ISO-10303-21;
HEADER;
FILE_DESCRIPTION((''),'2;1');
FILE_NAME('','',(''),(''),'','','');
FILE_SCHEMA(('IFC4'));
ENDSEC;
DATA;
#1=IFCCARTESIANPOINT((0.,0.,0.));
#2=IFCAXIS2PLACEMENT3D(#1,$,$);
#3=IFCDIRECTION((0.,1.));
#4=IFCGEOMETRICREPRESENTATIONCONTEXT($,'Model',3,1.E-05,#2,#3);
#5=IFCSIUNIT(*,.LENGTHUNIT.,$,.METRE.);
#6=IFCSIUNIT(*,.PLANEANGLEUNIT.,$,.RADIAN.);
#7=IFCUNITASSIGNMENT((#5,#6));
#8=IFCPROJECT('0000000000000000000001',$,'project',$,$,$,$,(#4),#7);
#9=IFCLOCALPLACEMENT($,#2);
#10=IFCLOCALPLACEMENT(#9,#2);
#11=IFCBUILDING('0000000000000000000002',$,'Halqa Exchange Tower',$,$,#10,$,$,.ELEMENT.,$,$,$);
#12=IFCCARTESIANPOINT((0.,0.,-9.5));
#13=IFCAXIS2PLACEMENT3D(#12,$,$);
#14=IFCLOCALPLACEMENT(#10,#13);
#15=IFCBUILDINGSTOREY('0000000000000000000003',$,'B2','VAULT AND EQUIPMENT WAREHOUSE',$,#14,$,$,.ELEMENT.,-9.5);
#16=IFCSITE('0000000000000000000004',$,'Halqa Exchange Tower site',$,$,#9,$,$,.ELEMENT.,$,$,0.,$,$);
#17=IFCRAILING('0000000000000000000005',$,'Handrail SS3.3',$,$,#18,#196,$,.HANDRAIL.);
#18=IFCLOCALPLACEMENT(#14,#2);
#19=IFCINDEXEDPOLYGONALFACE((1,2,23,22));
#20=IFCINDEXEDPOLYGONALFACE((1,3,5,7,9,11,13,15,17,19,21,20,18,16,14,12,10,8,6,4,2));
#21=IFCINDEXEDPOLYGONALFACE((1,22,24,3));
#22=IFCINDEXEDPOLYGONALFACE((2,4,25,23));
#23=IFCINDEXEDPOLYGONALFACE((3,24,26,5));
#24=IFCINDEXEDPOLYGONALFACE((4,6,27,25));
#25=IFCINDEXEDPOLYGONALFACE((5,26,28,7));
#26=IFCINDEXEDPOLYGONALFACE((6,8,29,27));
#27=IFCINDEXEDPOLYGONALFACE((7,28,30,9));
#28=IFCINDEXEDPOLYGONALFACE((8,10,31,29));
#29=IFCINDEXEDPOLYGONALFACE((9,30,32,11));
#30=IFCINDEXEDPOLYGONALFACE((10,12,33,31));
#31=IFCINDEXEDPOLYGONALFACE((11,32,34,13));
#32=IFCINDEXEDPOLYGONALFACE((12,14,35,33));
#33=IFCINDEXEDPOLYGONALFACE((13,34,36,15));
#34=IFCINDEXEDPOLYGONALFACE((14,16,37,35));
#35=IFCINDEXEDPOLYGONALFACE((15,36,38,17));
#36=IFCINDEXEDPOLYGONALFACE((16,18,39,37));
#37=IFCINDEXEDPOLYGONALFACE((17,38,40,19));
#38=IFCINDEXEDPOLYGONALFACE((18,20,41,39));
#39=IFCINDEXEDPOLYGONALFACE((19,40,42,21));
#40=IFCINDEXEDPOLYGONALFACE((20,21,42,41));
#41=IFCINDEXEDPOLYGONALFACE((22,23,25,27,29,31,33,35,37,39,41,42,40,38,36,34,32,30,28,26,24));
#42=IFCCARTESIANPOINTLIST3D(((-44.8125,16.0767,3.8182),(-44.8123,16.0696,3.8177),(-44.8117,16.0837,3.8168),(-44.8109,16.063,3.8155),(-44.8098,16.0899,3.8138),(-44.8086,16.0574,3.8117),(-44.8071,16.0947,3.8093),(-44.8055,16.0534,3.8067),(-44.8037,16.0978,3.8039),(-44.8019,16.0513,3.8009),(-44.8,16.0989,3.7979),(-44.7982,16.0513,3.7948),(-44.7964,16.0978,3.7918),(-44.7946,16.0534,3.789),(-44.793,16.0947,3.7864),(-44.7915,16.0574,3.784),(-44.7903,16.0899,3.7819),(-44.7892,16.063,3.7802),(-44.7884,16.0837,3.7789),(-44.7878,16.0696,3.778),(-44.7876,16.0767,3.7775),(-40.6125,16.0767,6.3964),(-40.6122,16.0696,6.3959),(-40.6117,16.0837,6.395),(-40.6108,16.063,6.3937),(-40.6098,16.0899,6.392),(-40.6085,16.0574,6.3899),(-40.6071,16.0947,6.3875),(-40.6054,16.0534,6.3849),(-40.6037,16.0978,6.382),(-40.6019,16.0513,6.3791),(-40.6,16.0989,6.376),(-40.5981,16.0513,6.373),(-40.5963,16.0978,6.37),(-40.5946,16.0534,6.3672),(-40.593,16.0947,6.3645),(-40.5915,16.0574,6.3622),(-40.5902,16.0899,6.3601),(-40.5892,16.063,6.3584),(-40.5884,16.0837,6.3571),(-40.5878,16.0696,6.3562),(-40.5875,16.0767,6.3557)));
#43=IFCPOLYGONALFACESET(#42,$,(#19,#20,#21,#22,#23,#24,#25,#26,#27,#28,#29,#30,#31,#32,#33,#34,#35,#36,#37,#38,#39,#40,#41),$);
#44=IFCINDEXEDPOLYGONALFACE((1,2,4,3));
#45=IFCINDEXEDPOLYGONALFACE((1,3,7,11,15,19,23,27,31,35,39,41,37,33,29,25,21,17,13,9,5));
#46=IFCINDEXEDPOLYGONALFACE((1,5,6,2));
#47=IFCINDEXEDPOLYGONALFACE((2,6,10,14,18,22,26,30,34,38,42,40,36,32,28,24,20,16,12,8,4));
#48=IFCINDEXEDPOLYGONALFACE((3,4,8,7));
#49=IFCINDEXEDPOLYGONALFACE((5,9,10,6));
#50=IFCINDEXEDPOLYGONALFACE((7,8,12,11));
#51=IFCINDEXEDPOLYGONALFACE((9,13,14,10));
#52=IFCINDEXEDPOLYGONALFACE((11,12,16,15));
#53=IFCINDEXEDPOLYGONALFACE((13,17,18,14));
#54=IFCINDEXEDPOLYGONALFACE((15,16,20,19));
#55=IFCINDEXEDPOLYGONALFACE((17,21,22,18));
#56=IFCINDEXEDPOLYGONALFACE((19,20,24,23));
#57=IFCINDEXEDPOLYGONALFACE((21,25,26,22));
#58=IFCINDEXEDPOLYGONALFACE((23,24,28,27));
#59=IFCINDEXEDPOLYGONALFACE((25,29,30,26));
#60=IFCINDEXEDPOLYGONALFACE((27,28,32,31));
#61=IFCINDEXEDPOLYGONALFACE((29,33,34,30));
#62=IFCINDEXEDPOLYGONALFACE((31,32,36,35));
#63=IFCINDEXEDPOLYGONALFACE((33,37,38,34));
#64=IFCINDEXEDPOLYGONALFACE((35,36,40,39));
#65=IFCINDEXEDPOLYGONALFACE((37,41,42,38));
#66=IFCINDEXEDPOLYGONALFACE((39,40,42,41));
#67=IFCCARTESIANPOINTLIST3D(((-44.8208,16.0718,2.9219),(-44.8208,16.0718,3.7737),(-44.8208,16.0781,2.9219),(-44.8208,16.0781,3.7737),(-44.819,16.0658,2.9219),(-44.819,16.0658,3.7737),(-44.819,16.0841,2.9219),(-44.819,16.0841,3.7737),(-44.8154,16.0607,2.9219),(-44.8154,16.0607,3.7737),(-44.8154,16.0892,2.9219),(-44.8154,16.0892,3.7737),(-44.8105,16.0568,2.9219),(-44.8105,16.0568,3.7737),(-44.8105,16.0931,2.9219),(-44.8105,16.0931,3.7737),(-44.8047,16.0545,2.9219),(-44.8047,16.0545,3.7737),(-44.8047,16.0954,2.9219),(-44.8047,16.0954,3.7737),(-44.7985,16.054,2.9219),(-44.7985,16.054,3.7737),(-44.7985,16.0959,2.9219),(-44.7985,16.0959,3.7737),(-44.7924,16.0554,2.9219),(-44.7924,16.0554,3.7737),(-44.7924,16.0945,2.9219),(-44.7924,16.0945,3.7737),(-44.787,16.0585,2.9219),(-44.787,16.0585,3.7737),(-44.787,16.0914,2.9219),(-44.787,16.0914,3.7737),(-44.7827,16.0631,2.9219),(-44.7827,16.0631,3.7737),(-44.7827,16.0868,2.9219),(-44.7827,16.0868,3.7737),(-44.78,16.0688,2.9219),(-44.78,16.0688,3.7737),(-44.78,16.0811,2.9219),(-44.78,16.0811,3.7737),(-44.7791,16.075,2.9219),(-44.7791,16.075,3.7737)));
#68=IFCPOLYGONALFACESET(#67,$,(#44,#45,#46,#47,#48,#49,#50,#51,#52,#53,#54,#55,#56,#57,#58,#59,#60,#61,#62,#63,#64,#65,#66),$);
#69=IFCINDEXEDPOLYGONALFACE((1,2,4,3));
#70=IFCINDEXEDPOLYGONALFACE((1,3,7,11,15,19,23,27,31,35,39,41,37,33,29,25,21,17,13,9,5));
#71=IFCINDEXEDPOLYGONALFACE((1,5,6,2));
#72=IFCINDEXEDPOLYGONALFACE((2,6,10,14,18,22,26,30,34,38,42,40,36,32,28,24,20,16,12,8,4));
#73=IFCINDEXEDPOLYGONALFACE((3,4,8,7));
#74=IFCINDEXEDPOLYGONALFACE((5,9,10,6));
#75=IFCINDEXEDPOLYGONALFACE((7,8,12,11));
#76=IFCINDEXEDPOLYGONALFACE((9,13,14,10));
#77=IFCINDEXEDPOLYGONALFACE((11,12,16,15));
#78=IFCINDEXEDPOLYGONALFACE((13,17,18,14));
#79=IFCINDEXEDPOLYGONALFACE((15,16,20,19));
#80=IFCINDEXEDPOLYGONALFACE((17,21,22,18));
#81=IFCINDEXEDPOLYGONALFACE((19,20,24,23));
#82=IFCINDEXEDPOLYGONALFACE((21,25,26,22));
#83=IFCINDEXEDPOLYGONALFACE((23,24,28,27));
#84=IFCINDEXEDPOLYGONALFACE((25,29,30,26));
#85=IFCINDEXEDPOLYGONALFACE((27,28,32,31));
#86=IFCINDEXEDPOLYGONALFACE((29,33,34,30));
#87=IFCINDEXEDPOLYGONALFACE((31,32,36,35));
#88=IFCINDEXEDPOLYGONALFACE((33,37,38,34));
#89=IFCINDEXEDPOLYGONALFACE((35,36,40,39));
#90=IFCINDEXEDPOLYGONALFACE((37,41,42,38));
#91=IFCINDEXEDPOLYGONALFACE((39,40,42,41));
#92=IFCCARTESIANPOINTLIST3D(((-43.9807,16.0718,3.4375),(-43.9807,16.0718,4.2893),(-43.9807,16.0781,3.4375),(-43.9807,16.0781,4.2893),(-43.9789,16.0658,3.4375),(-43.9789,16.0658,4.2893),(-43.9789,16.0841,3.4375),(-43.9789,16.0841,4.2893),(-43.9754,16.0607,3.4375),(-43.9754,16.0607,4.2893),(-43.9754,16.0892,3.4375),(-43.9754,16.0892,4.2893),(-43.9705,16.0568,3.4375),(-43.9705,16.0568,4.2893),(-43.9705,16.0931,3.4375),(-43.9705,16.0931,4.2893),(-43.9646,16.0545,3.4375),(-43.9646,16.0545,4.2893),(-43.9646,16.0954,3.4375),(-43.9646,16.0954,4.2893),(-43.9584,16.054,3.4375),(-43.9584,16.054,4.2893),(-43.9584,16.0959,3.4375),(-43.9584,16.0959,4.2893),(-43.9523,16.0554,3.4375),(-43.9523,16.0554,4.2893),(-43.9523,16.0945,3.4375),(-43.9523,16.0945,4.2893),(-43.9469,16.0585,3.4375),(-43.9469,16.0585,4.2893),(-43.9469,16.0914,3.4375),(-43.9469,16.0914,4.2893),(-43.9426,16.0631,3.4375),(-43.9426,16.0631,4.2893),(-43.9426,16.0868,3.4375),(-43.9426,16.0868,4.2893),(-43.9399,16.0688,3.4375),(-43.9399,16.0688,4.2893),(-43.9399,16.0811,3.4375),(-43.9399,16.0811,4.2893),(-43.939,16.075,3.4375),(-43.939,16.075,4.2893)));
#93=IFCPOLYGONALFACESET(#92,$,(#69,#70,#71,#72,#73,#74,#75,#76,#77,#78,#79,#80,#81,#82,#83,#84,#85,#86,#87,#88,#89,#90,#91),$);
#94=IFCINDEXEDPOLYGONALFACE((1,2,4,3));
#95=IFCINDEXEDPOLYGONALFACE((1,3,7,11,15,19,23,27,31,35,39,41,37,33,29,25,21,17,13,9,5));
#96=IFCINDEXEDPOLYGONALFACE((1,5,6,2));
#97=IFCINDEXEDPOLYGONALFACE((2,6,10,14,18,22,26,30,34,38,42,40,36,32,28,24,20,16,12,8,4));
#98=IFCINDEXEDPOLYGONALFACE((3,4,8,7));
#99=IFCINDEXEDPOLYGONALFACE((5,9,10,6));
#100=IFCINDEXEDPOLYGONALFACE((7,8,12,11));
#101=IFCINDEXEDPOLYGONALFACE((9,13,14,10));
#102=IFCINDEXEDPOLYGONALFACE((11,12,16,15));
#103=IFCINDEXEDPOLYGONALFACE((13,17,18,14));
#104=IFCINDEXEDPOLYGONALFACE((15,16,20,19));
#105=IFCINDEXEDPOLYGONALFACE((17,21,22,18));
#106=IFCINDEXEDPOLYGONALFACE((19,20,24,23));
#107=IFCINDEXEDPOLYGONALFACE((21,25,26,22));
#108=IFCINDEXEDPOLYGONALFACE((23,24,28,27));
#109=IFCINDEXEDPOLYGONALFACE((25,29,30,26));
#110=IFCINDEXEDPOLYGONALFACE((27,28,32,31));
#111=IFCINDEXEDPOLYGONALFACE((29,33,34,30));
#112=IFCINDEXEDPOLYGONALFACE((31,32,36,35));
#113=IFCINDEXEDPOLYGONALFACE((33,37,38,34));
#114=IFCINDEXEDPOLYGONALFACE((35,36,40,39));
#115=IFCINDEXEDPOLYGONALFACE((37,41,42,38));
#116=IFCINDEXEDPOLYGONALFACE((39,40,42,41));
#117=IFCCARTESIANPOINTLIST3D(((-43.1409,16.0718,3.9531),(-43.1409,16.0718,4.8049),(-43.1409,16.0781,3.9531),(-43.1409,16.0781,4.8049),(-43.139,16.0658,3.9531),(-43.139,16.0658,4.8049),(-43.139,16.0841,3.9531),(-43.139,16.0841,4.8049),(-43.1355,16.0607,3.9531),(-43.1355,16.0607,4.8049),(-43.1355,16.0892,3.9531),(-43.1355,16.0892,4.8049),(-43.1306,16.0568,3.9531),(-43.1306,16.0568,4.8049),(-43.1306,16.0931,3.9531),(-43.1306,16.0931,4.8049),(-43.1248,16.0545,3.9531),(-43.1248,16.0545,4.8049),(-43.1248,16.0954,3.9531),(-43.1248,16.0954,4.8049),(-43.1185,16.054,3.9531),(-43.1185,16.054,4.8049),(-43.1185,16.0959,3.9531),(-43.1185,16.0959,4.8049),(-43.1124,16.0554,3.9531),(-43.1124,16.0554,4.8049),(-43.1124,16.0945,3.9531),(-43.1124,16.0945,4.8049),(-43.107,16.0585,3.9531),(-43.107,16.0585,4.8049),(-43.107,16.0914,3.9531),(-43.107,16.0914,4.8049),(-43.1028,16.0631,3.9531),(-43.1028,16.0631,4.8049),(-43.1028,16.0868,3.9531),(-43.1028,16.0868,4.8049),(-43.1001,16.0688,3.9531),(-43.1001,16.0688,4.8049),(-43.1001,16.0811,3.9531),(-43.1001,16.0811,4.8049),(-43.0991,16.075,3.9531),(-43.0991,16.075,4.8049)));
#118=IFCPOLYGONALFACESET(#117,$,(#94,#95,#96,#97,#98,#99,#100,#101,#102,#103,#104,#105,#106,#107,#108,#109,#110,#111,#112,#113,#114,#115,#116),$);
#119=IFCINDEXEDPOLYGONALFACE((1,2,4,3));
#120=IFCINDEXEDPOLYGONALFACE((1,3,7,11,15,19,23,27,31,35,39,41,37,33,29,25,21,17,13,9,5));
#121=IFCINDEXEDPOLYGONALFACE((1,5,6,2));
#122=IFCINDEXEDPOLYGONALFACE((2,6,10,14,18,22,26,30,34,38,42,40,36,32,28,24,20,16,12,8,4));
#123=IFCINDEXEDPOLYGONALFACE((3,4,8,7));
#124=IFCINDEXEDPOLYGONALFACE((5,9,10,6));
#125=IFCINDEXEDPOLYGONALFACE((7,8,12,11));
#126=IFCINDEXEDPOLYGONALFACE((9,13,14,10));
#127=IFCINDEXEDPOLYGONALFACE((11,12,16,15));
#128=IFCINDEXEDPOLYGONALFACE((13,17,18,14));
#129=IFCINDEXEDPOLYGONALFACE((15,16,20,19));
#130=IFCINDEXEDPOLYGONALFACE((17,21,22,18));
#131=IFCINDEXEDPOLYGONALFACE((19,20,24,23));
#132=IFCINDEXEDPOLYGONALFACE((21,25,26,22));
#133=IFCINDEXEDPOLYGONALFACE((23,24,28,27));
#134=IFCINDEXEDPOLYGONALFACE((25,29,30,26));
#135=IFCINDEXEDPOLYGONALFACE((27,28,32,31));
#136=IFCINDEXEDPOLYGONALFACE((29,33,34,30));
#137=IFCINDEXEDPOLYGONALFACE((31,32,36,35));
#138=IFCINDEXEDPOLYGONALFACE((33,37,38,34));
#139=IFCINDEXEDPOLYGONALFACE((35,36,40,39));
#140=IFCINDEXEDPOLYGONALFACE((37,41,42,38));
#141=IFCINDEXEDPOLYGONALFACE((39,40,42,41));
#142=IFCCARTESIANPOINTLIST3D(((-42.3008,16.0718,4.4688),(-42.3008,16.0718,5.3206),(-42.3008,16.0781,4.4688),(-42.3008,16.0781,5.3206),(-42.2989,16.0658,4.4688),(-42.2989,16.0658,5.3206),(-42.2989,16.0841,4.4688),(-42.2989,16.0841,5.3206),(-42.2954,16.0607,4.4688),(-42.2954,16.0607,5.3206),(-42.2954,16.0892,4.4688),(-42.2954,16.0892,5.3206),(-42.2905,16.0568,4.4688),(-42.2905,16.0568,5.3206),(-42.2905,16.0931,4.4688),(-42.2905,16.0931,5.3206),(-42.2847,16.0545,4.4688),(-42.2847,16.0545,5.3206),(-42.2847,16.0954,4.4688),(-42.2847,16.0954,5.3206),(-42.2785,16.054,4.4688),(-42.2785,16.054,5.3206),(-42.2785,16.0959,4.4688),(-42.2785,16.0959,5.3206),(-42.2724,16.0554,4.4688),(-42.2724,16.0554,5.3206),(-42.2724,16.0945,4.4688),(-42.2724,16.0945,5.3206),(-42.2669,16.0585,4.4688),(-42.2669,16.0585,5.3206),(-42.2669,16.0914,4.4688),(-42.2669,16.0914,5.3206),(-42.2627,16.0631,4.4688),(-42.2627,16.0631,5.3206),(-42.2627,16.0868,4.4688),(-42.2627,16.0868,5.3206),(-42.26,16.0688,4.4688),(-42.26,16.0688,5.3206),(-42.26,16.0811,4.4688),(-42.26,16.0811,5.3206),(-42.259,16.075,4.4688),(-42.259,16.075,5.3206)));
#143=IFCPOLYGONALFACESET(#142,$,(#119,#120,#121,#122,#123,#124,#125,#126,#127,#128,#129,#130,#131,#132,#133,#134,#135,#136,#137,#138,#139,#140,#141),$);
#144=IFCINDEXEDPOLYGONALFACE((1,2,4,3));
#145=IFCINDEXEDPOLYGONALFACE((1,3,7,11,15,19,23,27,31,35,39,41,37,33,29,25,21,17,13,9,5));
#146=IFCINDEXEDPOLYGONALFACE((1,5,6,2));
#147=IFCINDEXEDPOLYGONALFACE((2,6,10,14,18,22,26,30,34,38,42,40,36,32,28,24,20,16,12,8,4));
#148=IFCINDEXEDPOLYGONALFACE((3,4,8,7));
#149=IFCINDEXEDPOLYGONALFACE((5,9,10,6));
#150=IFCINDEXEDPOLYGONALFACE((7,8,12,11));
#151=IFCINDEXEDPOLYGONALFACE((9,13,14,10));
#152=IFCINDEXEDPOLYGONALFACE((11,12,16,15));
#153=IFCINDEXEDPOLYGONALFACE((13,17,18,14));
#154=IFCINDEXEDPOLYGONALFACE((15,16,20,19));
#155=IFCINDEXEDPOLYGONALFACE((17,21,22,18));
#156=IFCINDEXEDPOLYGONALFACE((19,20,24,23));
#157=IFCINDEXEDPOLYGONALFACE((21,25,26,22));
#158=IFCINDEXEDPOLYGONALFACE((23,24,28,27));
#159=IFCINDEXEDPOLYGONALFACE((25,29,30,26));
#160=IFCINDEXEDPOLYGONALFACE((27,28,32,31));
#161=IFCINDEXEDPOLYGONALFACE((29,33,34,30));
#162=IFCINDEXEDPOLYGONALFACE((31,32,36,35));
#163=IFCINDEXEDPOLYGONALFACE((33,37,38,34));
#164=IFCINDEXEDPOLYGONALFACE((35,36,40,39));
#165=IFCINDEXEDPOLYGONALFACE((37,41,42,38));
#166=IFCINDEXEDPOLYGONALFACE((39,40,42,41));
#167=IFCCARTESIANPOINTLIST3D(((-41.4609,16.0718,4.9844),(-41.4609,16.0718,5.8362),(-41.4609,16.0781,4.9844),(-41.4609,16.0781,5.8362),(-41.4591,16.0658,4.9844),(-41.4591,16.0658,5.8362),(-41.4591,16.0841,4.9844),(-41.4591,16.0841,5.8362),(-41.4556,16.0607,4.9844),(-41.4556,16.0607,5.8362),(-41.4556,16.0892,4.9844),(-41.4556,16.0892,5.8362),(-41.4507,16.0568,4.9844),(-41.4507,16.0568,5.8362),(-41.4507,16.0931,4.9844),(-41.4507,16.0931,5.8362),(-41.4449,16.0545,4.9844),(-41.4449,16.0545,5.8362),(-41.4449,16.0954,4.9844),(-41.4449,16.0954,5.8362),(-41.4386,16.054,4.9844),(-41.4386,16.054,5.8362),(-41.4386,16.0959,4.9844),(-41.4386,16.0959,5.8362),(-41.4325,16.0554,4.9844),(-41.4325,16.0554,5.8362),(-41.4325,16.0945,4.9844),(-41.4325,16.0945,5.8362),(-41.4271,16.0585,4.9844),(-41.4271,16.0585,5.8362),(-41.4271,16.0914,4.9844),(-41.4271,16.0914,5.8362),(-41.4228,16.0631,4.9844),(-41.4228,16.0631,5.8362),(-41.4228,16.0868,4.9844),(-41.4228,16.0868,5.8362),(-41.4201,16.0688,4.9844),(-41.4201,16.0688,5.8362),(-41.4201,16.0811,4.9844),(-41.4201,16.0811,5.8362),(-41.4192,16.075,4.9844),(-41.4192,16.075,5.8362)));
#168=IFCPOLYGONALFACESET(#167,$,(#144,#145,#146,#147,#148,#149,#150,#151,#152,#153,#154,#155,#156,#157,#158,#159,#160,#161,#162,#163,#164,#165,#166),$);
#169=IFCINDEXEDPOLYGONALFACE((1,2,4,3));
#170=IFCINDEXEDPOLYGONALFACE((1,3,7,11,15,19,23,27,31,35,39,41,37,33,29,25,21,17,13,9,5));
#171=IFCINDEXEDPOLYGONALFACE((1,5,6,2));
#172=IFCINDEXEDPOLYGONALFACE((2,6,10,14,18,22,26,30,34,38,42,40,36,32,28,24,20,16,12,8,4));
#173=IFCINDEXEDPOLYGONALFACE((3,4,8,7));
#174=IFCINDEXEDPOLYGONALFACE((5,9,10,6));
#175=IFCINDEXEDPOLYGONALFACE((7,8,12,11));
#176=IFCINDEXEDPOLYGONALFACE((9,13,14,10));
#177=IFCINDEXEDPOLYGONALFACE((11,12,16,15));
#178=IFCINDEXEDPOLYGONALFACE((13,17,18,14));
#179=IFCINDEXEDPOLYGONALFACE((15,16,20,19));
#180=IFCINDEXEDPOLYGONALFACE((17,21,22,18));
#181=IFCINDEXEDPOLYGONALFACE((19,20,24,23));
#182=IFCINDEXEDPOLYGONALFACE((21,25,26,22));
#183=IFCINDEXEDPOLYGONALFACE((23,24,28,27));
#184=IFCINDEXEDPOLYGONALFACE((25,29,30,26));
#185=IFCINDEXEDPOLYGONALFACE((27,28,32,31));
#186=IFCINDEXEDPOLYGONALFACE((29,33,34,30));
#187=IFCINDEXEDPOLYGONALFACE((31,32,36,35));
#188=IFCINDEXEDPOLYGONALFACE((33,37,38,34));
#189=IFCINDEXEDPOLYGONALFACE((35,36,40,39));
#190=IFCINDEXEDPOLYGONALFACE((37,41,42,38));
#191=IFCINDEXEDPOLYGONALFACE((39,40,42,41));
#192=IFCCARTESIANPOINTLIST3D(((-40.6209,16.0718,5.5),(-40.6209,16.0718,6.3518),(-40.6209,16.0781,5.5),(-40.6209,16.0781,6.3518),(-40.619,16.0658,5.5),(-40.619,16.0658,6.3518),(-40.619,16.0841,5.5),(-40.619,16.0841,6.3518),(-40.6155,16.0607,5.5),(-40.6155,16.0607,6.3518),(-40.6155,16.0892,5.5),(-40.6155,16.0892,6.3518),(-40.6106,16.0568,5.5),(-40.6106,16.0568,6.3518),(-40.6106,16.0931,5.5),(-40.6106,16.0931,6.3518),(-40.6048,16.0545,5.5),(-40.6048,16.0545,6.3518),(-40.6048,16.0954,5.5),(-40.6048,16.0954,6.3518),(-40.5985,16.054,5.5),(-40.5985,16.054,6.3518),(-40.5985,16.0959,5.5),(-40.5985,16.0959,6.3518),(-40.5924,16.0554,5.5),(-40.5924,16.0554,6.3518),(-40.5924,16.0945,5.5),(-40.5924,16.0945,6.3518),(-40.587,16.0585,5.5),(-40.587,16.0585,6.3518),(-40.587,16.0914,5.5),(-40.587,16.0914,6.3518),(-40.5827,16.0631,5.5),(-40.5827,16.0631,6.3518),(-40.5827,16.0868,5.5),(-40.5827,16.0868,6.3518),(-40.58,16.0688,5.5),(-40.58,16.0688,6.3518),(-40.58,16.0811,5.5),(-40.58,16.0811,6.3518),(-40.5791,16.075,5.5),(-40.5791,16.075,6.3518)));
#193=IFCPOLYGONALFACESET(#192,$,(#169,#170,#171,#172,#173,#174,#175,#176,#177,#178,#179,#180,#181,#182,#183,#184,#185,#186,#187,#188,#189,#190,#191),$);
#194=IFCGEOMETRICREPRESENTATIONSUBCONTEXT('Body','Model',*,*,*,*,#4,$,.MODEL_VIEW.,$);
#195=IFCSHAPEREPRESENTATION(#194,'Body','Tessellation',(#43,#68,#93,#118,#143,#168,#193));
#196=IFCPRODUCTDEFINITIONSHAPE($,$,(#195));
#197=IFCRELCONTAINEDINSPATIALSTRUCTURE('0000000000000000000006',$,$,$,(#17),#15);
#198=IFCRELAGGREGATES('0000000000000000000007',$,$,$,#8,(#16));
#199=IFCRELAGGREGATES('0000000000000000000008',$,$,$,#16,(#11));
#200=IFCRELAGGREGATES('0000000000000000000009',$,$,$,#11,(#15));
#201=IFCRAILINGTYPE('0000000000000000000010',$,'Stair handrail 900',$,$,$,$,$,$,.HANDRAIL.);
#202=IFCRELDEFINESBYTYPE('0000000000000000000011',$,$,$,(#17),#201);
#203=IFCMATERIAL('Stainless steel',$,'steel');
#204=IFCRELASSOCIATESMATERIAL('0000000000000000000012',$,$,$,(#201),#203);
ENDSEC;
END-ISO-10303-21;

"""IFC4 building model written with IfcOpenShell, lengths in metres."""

from ifc_helpers import new_model, si_unit, direction, frame, origin, origin_2d, place, context, subcontext, project, spatial, circle, extrude, material, type_object, element, save


model = new_model("IFC4")

# Units and contexts
model_context = context("Model", 3, precision=1e-05, world=origin(), true_north=direction((0.0, 1.0)))
body_context = subcontext(model_context, "Body", "Model", "MODEL_VIEW")
ifc_project = project(units=[si_unit("LENGTHUNIT", "METRE"), si_unit("PLANEANGLEUNIT", "RADIAN")], contexts=[model_context])

# Site, building, storey
site_placement = place(None, origin())
site = spatial("IfcSite", under=ifc_project, at=site_placement, Name="Halqa Exchange Tower site", CompositionType="ELEMENT", RefElevation=0.0)
building_placement = place(site_placement, origin())
building = spatial("IfcBuilding", under=site, at=building_placement, Name="Halqa Exchange Tower", CompositionType="ELEMENT")
storey_placement = place(building_placement, frame((0.0, 0.0, -9.5)))
storey = spatial("IfcBuildingStorey", under=building, at=storey_placement, Name="B2", Description="VAULT AND EQUIPMENT WAREHOUSE", CompositionType="ELEMENT", Elevation=-9.5)

# Railing
ifc_material_1 = material(Name="Stainless steel", Category="steel")
railing_type_1 = type_object("IfcRailingType", Name="Stair handrail 900", PredefinedType="HANDRAIL", material=ifc_material_1)
railing_1_placement = place(storey_placement, frame((-44.8, 16.075, 2.9219)))
element("IfcRailing", 1, at=railing_1_placement, inside=storey, type_object=railing_type_1, Name="Handrail SS3.3", PredefinedType="HANDRAIL", context=body_context, shape_type="SweptSolid", body=[
    extrude(circle(Radius=0.0239, at=origin_2d()), frame((0.0, 0.0, 0.876), z_axis=(0.852243, 0.0, 0.523146), x_axis=(0.0, 1.0, 0.0)), (0.0, 0.0, 1.0), 4.9282),
    extrude(circle(Radius=0.021, at=origin_2d()), origin(), (0.0, 0.0, 1.0), 0.8518),
    extrude(circle(Radius=0.021, at=origin_2d()), frame((0.8401, 0.0, 0.5156)), (0.0, 0.0, 1.0), 0.8518),
    extrude(circle(Radius=0.021, at=origin_2d()), frame((1.6799, 0.0, 1.0312)), (0.0, 0.0, 1.0), 0.8518),
    extrude(circle(Radius=0.021, at=origin_2d()), frame((2.52, 0.0, 1.5469)), (0.0, 0.0, 1.0), 0.8518),
    extrude(circle(Radius=0.021, at=origin_2d()), frame((3.3599, 0.0, 2.0625)), (0.0, 0.0, 1.0), 0.8518),
    extrude(circle(Radius=0.021, at=origin_2d()), frame((4.2, 0.0, 2.5781)), (0.0, 0.0, 1.0), 0.8518),
])

save(model, "model.ifc")
